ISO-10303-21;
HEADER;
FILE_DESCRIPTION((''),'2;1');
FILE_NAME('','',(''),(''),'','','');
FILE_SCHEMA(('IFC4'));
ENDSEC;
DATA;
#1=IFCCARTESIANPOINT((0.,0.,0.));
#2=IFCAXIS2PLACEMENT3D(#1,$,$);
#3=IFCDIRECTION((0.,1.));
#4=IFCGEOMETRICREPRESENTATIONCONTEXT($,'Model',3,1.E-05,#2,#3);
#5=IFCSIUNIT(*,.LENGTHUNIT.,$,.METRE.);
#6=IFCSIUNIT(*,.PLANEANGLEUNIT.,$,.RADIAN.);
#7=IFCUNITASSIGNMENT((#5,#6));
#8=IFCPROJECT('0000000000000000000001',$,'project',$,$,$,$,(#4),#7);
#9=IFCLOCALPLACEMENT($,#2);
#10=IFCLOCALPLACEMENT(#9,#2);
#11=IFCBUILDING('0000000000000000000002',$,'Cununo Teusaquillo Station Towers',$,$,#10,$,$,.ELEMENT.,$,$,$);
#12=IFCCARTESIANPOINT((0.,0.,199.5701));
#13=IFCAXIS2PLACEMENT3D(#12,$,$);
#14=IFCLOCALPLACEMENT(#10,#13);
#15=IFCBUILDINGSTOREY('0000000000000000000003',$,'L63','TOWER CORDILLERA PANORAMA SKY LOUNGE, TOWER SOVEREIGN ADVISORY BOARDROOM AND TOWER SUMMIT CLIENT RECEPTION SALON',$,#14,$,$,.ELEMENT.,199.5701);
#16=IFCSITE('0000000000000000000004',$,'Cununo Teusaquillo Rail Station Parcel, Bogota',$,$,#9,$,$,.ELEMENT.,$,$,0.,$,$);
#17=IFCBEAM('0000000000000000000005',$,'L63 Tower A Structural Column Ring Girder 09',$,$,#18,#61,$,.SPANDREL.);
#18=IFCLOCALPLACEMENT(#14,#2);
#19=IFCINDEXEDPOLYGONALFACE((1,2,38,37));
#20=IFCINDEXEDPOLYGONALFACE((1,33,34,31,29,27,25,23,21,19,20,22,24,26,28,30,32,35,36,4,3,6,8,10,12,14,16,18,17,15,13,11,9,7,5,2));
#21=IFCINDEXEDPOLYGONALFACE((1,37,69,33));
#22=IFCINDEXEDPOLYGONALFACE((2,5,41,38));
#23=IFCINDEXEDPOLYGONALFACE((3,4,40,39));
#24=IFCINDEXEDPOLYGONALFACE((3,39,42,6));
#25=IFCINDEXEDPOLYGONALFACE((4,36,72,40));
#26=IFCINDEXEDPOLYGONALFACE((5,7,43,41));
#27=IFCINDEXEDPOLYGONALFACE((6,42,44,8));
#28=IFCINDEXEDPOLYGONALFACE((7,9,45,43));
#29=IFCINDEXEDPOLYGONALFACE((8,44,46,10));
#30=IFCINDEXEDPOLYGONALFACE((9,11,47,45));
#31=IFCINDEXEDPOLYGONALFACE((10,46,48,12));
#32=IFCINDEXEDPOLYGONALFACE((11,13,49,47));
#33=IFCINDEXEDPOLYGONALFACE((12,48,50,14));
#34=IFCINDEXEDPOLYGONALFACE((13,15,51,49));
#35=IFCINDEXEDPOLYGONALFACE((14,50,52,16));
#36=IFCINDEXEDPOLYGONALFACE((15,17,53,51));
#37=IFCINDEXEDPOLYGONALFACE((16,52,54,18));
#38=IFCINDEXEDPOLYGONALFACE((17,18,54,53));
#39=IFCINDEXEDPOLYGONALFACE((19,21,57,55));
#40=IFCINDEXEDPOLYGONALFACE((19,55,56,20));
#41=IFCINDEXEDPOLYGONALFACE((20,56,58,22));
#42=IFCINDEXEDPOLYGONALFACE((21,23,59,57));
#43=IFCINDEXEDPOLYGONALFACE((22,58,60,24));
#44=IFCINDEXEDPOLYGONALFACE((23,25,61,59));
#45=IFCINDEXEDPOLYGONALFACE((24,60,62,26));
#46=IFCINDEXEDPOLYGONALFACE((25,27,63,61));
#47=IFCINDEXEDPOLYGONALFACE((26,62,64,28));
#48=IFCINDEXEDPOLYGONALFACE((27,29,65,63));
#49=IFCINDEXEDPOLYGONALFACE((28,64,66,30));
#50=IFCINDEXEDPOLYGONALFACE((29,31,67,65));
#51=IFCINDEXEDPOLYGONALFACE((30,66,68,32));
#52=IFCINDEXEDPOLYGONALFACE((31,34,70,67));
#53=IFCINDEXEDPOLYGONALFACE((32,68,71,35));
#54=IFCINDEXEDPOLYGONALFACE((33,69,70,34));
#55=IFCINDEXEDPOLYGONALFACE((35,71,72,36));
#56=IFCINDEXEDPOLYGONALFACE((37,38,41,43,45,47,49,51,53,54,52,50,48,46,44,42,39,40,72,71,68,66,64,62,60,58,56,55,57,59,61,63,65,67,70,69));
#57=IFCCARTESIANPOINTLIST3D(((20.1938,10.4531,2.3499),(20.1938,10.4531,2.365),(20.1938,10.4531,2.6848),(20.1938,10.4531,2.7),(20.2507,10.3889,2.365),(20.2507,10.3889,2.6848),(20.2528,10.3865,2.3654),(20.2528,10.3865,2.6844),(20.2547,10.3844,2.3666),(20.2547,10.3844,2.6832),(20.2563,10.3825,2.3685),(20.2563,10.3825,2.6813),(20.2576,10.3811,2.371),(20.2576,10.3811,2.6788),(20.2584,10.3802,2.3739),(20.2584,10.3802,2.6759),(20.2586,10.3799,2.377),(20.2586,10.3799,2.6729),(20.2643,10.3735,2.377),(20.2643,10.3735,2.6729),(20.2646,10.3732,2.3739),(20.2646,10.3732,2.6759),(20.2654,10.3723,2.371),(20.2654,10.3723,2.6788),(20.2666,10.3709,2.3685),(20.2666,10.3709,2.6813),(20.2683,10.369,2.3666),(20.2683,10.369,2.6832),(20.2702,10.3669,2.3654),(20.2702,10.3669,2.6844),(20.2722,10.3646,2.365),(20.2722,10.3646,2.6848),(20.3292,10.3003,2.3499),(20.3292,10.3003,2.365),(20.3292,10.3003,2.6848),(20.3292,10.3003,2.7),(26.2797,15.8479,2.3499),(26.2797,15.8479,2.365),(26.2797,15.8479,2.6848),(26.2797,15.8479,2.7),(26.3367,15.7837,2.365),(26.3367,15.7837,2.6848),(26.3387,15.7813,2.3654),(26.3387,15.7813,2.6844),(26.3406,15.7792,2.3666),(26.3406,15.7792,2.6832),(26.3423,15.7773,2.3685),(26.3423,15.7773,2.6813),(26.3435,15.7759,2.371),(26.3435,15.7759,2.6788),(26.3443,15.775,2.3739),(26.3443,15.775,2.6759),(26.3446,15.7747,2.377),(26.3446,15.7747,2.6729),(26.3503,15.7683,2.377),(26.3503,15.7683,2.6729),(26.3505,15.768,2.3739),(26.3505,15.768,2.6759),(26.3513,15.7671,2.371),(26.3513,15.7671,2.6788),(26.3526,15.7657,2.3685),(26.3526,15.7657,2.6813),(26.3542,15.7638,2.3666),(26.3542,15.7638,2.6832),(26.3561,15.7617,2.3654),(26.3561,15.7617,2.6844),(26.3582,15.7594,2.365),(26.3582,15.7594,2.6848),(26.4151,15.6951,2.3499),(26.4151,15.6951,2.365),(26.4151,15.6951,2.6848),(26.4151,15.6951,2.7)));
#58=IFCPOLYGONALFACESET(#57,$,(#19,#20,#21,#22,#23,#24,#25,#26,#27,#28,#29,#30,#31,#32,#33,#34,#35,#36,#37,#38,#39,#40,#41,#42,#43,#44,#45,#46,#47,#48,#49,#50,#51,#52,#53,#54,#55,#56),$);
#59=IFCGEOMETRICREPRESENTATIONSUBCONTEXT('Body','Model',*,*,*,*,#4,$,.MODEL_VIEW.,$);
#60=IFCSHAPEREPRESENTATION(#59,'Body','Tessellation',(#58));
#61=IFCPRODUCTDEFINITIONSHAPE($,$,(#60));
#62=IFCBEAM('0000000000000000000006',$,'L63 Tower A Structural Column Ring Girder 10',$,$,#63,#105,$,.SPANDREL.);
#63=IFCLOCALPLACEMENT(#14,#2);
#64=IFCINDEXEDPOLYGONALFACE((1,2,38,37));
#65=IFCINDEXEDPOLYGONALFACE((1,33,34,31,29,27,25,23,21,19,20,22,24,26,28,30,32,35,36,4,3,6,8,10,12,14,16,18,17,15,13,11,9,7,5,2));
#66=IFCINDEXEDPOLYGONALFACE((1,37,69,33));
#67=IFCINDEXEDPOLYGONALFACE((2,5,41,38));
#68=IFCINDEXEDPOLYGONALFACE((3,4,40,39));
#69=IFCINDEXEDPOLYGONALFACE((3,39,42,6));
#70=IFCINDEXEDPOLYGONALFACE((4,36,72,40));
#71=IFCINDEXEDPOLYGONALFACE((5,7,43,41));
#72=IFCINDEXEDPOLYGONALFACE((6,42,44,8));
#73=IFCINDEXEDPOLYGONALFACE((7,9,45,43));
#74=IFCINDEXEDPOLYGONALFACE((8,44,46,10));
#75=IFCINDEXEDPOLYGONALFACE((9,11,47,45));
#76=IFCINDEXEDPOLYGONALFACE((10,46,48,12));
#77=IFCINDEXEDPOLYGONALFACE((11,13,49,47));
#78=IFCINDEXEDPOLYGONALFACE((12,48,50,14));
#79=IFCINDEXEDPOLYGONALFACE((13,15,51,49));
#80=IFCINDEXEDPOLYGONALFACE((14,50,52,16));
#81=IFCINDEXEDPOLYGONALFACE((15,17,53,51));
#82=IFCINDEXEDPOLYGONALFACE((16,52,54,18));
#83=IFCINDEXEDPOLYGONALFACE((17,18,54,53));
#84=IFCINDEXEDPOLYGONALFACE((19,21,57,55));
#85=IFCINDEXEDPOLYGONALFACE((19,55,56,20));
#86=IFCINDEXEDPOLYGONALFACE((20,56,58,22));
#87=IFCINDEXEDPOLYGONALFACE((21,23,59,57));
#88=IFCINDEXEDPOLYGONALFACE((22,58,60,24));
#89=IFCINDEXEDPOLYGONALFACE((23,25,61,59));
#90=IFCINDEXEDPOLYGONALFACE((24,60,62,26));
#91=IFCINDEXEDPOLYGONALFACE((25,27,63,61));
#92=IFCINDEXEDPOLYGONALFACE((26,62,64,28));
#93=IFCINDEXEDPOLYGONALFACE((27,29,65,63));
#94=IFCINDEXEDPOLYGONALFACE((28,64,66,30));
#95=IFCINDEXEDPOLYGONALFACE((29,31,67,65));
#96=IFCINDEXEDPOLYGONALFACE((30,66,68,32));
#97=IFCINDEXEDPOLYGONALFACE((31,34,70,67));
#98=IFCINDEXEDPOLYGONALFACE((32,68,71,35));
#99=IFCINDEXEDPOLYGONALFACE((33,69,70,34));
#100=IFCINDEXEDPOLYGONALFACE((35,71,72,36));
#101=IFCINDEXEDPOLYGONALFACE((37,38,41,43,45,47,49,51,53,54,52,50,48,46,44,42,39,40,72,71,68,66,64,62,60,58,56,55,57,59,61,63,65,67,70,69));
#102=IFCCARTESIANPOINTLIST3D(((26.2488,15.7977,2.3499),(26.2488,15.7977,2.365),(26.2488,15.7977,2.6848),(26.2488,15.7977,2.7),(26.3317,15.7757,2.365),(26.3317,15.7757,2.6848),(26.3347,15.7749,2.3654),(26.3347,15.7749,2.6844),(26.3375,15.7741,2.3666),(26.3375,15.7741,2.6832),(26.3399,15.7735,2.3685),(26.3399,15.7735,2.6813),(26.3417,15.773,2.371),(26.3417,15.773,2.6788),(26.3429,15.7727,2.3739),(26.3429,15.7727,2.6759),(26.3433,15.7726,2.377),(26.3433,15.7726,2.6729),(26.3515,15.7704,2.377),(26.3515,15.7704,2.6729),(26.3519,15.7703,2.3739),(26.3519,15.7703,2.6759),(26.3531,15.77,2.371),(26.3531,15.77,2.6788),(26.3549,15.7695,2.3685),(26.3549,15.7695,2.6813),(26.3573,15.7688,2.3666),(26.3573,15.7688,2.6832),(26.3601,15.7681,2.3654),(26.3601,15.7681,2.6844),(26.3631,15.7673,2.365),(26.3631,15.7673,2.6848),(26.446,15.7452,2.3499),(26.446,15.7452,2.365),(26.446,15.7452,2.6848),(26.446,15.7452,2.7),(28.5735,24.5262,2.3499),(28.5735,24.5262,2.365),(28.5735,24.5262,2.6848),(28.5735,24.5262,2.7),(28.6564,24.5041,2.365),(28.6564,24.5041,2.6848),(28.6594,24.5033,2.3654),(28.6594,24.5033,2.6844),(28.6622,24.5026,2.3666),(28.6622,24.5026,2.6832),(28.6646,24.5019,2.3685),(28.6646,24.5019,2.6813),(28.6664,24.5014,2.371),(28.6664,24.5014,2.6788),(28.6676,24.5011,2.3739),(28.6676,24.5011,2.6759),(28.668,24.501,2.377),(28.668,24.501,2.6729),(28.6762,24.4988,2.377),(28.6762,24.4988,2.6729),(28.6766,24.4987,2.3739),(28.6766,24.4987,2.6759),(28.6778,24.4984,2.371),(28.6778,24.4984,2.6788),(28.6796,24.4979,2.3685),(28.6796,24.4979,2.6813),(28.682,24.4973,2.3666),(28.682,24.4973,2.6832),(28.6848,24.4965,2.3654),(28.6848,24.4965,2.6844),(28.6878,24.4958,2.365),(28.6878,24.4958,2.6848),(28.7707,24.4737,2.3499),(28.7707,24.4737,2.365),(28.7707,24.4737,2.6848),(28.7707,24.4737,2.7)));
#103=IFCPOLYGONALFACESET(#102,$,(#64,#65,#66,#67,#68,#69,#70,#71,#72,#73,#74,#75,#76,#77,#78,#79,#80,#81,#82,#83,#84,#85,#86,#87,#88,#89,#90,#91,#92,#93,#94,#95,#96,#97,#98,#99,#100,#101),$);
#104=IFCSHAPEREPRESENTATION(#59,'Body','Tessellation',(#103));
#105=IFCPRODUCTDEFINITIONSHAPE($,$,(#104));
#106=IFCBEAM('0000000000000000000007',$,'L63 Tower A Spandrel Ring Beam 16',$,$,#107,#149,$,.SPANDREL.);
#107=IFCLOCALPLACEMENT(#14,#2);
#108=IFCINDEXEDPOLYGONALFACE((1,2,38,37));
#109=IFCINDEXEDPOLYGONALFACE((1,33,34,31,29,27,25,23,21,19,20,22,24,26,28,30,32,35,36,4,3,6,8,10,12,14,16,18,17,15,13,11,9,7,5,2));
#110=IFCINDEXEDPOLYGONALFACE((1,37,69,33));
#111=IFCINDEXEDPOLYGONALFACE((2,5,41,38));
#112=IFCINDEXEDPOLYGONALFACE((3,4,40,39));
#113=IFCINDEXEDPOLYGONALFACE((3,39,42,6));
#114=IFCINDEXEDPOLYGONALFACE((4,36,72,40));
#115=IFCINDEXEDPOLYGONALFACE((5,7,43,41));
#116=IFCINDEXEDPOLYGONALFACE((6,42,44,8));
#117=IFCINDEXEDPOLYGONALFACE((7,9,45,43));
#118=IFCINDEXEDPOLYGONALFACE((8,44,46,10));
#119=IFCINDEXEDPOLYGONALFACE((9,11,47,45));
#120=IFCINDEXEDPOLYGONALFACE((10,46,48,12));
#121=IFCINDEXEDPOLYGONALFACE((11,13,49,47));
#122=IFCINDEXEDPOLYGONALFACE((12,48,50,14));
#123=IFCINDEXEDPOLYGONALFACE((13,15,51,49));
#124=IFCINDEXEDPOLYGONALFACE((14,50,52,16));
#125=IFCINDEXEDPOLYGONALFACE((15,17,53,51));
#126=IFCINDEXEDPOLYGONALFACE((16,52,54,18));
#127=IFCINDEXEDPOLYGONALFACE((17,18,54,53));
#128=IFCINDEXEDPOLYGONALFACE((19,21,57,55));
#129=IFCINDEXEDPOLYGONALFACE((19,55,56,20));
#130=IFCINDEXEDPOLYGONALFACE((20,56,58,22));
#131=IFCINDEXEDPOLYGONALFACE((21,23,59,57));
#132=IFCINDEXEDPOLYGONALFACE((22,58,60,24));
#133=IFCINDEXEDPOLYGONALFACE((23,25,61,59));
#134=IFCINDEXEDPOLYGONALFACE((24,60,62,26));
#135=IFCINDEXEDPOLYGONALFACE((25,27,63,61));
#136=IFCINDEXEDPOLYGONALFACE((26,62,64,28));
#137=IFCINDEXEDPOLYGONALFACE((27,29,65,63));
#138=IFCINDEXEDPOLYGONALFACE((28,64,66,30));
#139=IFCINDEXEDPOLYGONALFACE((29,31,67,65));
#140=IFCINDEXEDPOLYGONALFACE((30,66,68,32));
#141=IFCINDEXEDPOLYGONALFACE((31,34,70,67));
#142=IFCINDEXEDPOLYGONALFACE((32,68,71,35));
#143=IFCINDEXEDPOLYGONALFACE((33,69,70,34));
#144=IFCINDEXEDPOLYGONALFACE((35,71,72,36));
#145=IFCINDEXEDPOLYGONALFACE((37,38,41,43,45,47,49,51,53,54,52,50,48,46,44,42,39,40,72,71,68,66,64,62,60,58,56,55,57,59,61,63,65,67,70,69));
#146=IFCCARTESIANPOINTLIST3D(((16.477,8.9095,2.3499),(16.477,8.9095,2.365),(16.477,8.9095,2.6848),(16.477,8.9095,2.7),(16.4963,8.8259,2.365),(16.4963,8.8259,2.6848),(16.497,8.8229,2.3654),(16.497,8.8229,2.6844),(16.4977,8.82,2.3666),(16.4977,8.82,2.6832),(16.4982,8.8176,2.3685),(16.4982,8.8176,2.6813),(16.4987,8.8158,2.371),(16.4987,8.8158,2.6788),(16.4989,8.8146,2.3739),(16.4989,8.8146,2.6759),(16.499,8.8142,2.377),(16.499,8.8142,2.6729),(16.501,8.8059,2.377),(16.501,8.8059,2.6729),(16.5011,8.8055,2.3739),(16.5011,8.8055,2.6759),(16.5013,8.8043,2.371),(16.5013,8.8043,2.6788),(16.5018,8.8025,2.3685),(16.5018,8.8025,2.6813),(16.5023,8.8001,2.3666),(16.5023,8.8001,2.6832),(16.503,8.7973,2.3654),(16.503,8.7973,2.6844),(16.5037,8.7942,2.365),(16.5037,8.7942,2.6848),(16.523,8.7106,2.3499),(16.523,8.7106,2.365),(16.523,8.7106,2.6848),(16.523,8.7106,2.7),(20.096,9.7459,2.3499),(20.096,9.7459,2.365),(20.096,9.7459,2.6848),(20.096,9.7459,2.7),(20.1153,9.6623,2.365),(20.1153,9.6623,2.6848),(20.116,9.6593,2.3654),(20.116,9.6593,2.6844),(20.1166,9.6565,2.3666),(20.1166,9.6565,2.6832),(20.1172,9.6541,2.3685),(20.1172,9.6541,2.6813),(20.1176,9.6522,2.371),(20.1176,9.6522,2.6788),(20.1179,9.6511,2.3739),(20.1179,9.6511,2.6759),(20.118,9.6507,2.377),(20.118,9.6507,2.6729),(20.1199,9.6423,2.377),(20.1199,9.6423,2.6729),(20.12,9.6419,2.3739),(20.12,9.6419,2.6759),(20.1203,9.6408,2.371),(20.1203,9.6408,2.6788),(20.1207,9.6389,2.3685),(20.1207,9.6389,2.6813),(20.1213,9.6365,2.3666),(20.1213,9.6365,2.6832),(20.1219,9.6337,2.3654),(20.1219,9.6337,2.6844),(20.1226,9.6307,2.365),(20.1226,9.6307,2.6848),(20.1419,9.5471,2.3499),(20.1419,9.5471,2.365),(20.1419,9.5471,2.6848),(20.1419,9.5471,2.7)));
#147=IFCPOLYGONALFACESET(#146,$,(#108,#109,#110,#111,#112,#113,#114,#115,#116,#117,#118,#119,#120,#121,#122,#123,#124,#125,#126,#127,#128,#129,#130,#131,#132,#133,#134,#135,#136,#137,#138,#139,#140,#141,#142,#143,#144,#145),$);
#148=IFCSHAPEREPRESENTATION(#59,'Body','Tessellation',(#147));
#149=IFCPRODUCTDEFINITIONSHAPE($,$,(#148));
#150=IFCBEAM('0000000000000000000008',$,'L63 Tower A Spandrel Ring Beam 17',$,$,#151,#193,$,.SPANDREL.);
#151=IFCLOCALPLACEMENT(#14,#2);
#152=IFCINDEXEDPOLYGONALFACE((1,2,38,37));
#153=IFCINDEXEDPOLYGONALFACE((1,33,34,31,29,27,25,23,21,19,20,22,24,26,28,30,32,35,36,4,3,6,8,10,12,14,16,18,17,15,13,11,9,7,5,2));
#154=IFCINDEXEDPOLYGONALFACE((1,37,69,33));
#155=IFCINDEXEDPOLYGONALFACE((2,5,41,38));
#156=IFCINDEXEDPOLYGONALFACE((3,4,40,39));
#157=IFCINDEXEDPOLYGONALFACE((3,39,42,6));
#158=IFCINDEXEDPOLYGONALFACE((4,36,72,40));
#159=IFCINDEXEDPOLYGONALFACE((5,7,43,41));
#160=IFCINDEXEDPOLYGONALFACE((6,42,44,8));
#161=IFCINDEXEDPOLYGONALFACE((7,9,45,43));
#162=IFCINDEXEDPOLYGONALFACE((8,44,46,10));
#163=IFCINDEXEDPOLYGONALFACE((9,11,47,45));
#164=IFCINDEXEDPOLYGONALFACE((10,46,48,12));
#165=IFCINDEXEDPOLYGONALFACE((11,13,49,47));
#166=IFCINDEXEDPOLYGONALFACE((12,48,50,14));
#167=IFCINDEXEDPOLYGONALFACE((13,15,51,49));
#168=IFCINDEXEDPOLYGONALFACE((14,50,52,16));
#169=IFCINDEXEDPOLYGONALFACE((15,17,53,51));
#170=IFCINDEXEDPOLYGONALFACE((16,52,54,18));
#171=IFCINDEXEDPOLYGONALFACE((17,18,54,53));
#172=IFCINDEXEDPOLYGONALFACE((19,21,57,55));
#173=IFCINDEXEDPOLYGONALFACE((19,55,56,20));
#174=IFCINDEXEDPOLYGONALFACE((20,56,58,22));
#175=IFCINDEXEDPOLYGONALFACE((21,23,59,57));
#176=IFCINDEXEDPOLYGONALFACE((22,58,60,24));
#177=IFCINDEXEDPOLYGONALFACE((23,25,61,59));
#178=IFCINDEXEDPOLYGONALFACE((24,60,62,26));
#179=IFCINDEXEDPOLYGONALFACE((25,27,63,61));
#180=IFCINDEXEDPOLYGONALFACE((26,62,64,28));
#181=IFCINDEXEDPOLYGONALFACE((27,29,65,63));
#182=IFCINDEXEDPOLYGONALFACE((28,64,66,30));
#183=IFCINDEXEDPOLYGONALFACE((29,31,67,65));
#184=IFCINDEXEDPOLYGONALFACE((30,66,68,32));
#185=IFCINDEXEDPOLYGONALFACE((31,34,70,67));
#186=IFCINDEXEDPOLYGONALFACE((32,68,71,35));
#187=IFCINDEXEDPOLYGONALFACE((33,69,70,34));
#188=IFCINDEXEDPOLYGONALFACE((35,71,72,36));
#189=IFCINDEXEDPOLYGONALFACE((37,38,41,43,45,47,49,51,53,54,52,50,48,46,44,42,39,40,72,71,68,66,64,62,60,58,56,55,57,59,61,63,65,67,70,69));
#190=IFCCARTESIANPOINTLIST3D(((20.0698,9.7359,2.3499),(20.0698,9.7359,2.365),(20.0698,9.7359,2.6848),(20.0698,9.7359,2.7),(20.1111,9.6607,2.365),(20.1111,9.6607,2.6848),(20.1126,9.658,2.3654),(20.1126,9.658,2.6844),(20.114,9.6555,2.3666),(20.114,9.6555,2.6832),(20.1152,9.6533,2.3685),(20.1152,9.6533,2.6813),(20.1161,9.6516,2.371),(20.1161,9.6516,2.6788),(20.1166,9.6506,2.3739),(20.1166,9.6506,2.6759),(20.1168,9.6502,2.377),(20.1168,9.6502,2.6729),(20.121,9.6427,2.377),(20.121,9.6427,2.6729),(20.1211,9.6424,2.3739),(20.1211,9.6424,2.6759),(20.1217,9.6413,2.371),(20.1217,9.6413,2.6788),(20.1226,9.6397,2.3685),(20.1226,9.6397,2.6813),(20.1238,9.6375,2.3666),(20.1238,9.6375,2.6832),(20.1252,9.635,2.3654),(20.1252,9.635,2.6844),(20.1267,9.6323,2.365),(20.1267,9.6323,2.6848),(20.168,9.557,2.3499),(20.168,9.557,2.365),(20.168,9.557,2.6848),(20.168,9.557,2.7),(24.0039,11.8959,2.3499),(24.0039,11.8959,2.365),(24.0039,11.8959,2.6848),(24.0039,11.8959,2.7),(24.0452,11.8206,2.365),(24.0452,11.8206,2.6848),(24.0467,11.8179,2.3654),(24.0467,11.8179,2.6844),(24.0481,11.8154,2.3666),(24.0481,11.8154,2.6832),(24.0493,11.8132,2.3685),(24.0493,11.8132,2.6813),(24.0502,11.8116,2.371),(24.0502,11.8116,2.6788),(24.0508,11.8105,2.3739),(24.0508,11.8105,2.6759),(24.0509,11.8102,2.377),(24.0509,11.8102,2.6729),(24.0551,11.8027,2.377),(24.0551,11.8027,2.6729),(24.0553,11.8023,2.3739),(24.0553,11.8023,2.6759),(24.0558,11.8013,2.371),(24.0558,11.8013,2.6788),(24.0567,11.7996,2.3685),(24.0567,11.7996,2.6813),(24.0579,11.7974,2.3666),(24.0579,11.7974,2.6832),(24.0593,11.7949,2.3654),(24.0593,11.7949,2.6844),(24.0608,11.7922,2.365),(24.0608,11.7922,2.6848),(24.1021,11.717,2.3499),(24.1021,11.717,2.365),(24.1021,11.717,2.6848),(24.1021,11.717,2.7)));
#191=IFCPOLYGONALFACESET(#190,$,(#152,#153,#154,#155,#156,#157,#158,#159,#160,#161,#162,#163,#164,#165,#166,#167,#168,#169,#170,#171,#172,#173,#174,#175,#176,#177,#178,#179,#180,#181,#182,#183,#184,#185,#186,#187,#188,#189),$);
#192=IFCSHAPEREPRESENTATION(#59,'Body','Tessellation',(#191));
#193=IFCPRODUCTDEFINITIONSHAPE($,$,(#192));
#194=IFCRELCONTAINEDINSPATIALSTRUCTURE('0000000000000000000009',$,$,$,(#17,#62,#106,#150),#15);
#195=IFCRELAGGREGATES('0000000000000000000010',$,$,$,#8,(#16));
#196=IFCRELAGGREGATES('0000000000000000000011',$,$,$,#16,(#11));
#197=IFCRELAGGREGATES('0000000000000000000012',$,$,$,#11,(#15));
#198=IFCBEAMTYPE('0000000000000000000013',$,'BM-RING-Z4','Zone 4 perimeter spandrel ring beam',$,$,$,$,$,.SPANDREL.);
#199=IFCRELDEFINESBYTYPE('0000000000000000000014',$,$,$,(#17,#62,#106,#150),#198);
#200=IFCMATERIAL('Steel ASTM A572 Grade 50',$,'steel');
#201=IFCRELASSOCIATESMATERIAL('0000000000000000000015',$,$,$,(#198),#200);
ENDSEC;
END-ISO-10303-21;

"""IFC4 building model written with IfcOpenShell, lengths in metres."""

from ifc_helpers import new_model, si_unit, direction, frame, origin, origin_2d, place, context, subcontext, project, spatial, i_section, extrude, material, material_profile, profile_set, type_object, element, save


model = new_model("IFC4")

# Units and contexts
model_context = context("Model", 3, precision=1e-05, world=origin(), true_north=direction((0.0, 1.0)))
body_context = subcontext(model_context, "Body", "Model", "MODEL_VIEW")
ifc_project = project(units=[si_unit("LENGTHUNIT", "METRE"), si_unit("PLANEANGLEUNIT", "RADIAN")], contexts=[model_context])

# Site, building, storey
site_placement = place(None, origin())
site = spatial("IfcSite", under=ifc_project, at=site_placement, Name="Cununo Teusaquillo Rail Station Parcel, Bogota", CompositionType="ELEMENT", RefElevation=0.0)
building_placement = place(site_placement, origin())
building = spatial("IfcBuilding", under=site, at=building_placement, Name="Cununo Teusaquillo Station Towers", CompositionType="ELEMENT")
storey_placement = place(building_placement, frame((0.0, 0.0, 199.5701)))
storey = spatial("IfcBuildingStorey", under=building, at=storey_placement, Name="L63", Description="TOWER CORDILLERA PANORAMA SKY LOUNGE, TOWER SOVEREIGN ADVISORY BOARDROOM AND TOWER SUMMIT CLIENT RECEPTION SALON", CompositionType="ELEMENT", Elevation=199.5701)

# Beams
ifc_material_1 = material(Name="Steel ASTM A572 Grade 50", Category="steel")
ifc_material_profile_1 = material_profile(ifc_material_1, i_section(OverallWidth=0.2041, OverallDepth=0.3501, WebThickness=0.0085, FlangeThickness=0.0151, FilletRadius=0.012, at=origin_2d()), Name="W14X48")
ifc_profile_set_1 = profile_set([ifc_material_profile_1], Name="Steel ASTM A572 Grade 50")
beam_type = type_object("IfcBeamType", Name="BM-RING-Z4", Description="Zone 4 perimeter spandrel ring beam", PredefinedType="SPANDREL", material=ifc_profile_set_1)
beam_1_placement = place(storey_placement, frame((20.2615, 10.3767, 2.5249), z_axis=(0.748321, 0.663337, 0.0), x_axis=(-0.663337, 0.748321, 0.0)))
element("IfcBeam", 1, at=beam_1_placement, inside=storey, type_object=beam_type, Name="L63 Tower A Structural Column Ring Girder 09", PredefinedType="SPANDREL", context=body_context, shape_type="SweptSolid", body=[
    extrude(i_section(OverallWidth=0.2041, OverallDepth=0.3501, WebThickness=0.0085, FlangeThickness=0.0151, FilletRadius=0.012, at=origin_2d()), origin(), (0.0, 0.0, 1.0), 8.1328),
])
beam_2_placement = place(storey_placement, frame((26.3474, 15.7715, 2.5249), z_axis=(0.257363, 0.966315, 0.0), x_axis=(-0.966315, 0.257363, 0.0)))
element("IfcBeam", 2, at=beam_2_placement, inside=storey, type_object=beam_type, Name="L63 Tower A Structural Column Ring Girder 10", PredefinedType="SPANDREL", context=body_context, shape_type="SweptSolid", body=[
    extrude(i_section(OverallWidth=0.2041, OverallDepth=0.3501, WebThickness=0.0085, FlangeThickness=0.0151, FilletRadius=0.012, at=origin_2d()), origin(), (0.0, 0.0, 1.0), 9.0327),
])
beam_3_placement = place(storey_placement, frame((16.5, 8.8101, 2.5249), z_axis=(0.974315, 0.225191, 0.0), x_axis=(-0.225191, 0.974315, 0.0)))
element("IfcBeam", 3, at=beam_3_placement, inside=storey, type_object=beam_type, Name="L63 Tower A Spandrel Ring Beam 16", PredefinedType="SPANDREL", context=body_context, shape_type="SweptSolid", body=[
    extrude(i_section(OverallWidth=0.2041, OverallDepth=0.3501, WebThickness=0.0085, FlangeThickness=0.0151, FilletRadius=0.012, at=origin_2d()), origin(), (0.0, 0.0, 1.0), 3.7144),
])
beam_4_placement = place(storey_placement, frame((20.1189, 9.6465, 2.5249), z_axis=(0.876576, 0.481263, 0.0), x_axis=(-0.481263, 0.876576, 0.0)))
element("IfcBeam", 4, at=beam_4_placement, inside=storey, type_object=beam_type, Name="L63 Tower A Spandrel Ring Beam 17", PredefinedType="SPANDREL", context=body_context, shape_type="SweptSolid", body=[
    extrude(i_section(OverallWidth=0.2041, OverallDepth=0.3501, WebThickness=0.0085, FlangeThickness=0.0151, FilletRadius=0.012, at=origin_2d()), origin(), (0.0, 0.0, 1.0), 4.488),
])

save(model, "model.ifc")
